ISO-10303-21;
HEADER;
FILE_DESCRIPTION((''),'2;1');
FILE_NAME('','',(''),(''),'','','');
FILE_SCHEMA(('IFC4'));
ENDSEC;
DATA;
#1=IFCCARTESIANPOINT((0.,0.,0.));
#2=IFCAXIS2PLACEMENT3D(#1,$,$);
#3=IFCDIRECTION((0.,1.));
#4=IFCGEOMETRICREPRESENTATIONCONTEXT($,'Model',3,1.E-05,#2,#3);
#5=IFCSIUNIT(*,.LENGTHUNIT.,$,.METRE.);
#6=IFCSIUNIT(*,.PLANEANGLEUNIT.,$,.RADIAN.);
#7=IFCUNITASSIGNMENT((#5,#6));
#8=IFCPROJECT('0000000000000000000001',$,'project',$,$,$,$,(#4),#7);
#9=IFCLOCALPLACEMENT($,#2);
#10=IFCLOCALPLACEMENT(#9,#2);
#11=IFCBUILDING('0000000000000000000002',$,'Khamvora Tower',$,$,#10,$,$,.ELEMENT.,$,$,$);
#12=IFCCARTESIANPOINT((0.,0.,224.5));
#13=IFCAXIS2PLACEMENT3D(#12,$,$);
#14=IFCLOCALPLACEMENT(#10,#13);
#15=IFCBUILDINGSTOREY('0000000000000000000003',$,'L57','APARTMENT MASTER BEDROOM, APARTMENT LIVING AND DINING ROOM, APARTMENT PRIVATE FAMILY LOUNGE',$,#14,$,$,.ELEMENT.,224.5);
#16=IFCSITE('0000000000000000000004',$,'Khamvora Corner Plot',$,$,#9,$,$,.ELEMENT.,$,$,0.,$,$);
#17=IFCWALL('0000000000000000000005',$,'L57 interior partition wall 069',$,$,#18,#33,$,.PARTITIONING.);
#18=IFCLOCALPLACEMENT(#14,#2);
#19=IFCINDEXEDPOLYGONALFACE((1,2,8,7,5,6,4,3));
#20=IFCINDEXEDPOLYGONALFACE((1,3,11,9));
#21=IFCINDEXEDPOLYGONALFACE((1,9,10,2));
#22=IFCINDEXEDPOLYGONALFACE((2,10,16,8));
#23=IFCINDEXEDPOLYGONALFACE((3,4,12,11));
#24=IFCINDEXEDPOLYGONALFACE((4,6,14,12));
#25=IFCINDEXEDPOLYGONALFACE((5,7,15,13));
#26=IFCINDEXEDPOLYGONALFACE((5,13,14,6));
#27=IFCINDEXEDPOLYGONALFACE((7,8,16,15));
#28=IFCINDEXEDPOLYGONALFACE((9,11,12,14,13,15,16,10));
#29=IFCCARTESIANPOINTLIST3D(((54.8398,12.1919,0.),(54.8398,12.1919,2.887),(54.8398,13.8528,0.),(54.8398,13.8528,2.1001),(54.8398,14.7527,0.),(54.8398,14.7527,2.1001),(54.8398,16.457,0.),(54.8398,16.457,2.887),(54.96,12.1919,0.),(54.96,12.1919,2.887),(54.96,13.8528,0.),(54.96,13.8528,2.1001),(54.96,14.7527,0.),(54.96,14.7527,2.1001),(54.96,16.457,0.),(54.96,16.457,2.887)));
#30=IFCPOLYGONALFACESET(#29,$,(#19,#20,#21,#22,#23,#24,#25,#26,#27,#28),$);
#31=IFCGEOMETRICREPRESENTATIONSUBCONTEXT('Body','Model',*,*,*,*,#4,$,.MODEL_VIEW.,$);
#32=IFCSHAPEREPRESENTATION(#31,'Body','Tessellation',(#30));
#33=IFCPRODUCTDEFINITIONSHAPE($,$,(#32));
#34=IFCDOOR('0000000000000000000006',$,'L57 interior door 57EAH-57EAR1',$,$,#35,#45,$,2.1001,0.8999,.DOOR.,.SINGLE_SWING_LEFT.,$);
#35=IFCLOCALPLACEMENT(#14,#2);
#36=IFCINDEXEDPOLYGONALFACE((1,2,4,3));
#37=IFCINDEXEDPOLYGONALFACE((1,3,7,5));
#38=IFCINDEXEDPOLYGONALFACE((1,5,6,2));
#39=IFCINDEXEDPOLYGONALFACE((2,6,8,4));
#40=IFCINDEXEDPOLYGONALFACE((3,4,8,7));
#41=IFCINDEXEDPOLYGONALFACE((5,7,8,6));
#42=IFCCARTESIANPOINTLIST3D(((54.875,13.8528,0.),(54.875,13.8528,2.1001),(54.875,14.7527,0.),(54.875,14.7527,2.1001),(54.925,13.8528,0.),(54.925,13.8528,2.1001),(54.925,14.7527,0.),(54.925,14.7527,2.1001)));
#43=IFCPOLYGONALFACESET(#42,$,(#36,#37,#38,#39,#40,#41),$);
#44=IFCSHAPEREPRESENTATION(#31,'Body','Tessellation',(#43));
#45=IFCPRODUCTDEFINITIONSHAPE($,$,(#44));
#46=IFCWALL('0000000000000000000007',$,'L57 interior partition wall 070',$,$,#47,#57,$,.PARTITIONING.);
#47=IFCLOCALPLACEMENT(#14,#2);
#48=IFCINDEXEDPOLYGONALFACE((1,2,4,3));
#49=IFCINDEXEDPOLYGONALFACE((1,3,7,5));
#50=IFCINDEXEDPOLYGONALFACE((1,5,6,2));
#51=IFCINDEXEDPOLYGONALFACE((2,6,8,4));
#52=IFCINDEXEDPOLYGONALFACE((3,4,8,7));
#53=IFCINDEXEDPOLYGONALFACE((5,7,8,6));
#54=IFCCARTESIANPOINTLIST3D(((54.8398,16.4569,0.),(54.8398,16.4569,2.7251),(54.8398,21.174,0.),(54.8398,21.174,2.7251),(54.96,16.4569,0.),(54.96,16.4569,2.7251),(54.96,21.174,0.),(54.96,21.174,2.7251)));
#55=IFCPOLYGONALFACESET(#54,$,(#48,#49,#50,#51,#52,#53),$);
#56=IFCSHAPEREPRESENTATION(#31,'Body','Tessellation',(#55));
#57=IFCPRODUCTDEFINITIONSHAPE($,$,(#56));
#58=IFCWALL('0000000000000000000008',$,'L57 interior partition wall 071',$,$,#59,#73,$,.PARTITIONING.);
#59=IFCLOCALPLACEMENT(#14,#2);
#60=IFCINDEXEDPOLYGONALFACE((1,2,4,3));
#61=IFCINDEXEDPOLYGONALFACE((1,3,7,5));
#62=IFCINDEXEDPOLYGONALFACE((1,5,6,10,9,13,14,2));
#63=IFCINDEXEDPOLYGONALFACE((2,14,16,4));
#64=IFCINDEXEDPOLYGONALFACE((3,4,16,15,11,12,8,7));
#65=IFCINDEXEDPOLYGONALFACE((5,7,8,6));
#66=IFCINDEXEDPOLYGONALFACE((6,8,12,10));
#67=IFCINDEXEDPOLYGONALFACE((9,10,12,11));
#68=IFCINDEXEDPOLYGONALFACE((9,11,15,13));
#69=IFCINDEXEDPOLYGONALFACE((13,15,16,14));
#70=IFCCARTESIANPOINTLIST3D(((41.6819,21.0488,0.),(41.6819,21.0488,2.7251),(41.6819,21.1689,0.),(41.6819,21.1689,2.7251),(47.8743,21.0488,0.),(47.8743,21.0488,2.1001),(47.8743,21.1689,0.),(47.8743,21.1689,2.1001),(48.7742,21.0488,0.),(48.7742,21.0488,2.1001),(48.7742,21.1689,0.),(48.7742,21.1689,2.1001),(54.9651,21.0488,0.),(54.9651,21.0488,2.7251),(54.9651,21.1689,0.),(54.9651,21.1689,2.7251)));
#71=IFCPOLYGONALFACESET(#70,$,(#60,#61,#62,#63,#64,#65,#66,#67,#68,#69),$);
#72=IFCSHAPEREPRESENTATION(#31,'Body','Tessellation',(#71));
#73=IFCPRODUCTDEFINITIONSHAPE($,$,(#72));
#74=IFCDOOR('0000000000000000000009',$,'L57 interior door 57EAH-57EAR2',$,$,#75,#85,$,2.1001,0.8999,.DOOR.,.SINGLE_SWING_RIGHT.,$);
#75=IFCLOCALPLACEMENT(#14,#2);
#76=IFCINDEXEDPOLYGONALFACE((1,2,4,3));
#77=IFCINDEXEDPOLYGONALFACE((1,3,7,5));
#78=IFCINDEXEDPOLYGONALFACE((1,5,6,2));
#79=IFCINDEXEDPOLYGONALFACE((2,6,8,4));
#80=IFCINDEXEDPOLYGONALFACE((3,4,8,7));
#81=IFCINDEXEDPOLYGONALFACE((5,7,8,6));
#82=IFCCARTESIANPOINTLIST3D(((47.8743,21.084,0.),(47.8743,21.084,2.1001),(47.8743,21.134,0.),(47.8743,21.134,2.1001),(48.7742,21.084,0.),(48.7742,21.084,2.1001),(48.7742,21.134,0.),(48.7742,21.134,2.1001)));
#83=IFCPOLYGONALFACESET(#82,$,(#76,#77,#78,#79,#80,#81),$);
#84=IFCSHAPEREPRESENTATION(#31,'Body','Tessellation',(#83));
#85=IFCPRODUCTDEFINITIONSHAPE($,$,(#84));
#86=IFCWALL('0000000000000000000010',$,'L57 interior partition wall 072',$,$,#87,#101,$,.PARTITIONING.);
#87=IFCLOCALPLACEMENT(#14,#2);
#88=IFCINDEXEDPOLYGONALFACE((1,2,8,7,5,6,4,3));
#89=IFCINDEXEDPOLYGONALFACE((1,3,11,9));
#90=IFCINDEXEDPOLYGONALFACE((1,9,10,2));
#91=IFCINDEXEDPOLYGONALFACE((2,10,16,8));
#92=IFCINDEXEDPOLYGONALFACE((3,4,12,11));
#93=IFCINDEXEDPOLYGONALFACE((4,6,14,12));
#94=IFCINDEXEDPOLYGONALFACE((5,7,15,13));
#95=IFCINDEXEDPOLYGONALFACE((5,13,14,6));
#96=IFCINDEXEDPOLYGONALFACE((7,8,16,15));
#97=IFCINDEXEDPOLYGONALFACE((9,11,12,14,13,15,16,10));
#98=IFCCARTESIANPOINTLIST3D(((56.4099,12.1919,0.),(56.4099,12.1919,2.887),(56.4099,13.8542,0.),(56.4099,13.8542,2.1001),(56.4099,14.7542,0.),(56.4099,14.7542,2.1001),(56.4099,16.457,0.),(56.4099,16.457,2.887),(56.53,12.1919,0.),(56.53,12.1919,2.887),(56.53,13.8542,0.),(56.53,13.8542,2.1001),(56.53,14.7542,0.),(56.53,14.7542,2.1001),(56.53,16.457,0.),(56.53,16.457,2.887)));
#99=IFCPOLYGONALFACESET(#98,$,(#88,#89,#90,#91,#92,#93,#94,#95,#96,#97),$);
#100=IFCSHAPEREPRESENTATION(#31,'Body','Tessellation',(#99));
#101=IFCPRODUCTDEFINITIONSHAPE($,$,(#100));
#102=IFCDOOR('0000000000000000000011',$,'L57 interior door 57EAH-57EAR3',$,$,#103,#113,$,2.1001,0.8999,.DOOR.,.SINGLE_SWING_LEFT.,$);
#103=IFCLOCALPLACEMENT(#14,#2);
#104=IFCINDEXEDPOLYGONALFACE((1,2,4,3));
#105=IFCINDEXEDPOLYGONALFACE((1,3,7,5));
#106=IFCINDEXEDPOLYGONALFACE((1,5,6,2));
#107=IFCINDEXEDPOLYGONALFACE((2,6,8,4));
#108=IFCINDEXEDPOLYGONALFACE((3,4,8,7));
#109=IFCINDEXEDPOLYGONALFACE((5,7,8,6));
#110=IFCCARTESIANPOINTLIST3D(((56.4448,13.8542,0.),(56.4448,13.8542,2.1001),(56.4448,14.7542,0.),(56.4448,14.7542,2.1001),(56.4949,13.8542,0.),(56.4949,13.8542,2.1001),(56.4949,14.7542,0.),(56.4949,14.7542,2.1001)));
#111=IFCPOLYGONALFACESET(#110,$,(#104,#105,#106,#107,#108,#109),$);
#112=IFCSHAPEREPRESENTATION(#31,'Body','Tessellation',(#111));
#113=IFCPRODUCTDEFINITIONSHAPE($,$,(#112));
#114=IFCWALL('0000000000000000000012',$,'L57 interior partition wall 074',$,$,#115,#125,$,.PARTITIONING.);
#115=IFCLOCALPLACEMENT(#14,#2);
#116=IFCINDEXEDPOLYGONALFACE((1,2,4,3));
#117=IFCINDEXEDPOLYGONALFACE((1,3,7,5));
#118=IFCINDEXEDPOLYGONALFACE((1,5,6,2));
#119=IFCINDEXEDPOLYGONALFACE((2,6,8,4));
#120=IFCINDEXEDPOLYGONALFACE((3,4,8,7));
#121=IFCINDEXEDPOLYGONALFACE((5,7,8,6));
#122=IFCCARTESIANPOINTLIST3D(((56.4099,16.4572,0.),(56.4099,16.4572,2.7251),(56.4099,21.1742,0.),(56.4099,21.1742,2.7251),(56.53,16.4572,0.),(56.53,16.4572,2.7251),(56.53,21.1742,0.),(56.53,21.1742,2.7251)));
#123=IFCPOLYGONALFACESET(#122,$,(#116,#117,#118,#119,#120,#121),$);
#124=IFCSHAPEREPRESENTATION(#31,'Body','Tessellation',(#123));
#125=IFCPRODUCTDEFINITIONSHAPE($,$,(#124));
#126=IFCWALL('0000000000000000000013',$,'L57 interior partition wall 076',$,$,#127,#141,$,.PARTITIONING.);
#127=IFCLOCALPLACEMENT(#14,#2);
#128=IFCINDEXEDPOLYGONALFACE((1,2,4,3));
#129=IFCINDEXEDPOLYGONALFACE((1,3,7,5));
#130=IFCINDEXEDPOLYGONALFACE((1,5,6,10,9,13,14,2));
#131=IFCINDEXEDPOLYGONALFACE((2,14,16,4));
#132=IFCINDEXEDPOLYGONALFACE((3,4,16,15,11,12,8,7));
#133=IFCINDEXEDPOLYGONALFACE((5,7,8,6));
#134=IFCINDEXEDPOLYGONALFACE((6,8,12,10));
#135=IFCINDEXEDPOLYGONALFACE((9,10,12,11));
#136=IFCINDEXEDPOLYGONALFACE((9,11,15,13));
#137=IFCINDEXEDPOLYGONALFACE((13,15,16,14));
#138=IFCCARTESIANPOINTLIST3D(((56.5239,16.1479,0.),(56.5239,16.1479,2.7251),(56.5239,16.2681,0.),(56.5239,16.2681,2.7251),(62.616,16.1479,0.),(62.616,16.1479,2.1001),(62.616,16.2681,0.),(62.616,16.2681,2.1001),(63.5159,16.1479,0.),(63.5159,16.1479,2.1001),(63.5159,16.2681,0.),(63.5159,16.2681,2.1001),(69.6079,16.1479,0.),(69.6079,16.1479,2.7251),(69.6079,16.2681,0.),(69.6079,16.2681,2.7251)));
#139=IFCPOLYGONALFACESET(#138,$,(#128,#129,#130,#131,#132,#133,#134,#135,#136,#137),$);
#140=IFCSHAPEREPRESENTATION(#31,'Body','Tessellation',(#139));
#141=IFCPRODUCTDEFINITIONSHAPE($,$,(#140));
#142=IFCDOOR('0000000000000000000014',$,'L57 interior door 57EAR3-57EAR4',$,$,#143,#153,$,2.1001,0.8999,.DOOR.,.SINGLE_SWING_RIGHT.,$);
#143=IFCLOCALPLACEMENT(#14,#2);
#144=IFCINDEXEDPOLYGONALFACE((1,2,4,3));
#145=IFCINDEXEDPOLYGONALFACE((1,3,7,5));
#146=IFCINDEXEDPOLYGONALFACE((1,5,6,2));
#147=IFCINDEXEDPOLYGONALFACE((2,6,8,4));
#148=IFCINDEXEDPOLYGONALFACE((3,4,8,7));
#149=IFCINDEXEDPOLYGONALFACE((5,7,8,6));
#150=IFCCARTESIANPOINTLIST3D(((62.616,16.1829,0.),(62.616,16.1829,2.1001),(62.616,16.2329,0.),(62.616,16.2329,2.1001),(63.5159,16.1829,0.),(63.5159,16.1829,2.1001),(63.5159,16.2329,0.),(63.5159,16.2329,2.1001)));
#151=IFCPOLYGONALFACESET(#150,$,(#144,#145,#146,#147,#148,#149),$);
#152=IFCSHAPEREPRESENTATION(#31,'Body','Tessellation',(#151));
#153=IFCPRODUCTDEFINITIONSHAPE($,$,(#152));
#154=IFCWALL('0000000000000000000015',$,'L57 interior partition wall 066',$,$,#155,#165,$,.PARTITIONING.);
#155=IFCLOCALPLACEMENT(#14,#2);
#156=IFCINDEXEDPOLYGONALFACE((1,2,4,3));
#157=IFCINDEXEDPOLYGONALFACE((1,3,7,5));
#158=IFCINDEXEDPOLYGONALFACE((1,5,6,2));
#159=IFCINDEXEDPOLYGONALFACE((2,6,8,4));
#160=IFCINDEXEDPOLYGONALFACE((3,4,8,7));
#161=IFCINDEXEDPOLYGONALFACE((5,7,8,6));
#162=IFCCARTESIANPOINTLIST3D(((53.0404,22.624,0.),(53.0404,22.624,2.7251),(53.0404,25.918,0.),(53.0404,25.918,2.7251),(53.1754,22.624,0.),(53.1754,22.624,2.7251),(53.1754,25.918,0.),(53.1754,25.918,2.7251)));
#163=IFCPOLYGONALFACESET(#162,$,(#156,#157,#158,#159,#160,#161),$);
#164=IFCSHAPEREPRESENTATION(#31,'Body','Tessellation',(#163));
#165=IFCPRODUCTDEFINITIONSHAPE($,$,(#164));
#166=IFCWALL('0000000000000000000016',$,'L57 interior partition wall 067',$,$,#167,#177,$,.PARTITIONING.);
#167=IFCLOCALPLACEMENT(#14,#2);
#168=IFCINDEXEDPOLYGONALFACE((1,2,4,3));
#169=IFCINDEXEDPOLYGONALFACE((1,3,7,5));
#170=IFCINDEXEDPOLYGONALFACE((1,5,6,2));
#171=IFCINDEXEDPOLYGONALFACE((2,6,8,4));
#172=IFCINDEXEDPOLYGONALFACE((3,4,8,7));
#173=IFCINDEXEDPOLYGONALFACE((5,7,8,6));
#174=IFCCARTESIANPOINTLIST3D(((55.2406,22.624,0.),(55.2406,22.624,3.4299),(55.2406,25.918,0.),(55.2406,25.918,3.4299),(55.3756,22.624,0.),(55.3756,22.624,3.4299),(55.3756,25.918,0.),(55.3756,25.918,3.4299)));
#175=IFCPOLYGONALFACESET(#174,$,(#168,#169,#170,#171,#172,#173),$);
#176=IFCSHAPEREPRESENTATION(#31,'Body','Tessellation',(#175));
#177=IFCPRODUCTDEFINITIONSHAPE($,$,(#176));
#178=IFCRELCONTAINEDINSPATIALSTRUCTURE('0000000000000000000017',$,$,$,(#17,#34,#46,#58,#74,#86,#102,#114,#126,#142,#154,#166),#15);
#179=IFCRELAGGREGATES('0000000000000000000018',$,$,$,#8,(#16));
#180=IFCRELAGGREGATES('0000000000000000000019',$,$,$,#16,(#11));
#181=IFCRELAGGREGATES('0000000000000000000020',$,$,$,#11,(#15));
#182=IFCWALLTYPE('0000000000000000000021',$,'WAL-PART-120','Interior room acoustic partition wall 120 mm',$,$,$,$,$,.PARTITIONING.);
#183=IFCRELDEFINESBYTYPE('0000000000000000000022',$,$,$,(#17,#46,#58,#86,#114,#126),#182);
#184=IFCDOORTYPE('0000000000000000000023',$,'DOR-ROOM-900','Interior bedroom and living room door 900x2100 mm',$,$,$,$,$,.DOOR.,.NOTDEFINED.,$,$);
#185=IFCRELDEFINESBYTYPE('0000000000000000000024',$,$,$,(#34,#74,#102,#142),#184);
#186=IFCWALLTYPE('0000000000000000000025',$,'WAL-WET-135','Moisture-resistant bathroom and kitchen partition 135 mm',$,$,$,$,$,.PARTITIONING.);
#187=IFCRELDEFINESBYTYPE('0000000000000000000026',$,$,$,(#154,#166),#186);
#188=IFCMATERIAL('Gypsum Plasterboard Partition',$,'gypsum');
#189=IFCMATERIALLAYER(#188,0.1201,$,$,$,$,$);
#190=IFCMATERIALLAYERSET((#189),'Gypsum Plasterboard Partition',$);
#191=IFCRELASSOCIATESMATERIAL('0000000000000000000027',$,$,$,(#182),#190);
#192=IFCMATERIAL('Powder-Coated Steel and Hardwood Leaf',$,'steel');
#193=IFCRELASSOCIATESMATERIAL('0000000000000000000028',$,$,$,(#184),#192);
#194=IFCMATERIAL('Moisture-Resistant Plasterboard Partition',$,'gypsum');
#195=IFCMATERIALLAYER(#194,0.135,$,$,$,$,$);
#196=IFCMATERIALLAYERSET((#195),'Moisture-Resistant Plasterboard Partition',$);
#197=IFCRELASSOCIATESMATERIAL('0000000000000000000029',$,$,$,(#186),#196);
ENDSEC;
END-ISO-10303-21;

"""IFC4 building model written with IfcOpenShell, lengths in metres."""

from ifc_helpers import new_model, si_unit, direction, frame, frame_2d, origin, place, context, subcontext, project, spatial, rectangle, extrude, material, layer, layer_set, type_object, element, fill, save


model = new_model("IFC4")

# Units and contexts
model_context = context("Model", 3, precision=1e-05, world=origin(), true_north=direction((0.0, 1.0)))
body_context = subcontext(model_context, "Body", "Model", "MODEL_VIEW")
ifc_project = project(units=[si_unit("LENGTHUNIT", "METRE"), si_unit("PLANEANGLEUNIT", "RADIAN")], contexts=[model_context])

# Site, building, storey
site_placement = place(None, origin())
site = spatial("IfcSite", under=ifc_project, at=site_placement, Name="Khamvora Corner Plot", CompositionType="ELEMENT", RefElevation=0.0)
building_placement = place(site_placement, origin())
building = spatial("IfcBuilding", under=site, at=building_placement, Name="Khamvora Tower", CompositionType="ELEMENT")
storey_placement = place(building_placement, frame((0.0, 0.0, 224.5)))
storey = spatial("IfcBuildingStorey", under=building, at=storey_placement, Name="L57", Description="APARTMENT MASTER BEDROOM, APARTMENT LIVING AND DINING ROOM, APARTMENT PRIVATE FAMILY LOUNGE", CompositionType="ELEMENT", Elevation=224.5)

# Shared definitions
ifc_material_1 = material(Name="Powder-Coated Steel and Hardwood Leaf", Category="steel")

# Wall, opening, door
ifc_material_2 = material(Name="Gypsum Plasterboard Partition", Category="gypsum")
ifc_layer_1 = layer(ifc_material_2, 0.1201)
ifc_layer_set_1 = layer_set([ifc_layer_1], Name="Gypsum Plasterboard Partition")
wall_type_1 = type_object("IfcWallType", Name="WAL-PART-120", Description="Interior room acoustic partition wall 120 mm", PredefinedType="PARTITIONING", material=ifc_layer_set_1)
wall_1_placement = place(storey_placement, frame((54.8999, 12.1919, 0.0), z_axis=(0.0, 0.0, 1.0), x_axis=(0.0, 1.0, 0.0)))
wall_1 = element("IfcWall", 1, at=wall_1_placement, inside=storey, type_object=wall_type_1, Name="L57 interior partition wall 069", PredefinedType="PARTITIONING", context=body_context, shape_type="SweptSolid", body=[
    extrude(rectangle(XDim=4.2651, YDim=0.1201, at=frame_2d((2.1326, 0.0))), origin(), (0.0, 0.0, 1.0), 2.887),
])
opening_1_placement = place(wall_1_placement, frame((1.6609, 0.0, 0.0)))
opening_1 = element("IfcOpeningElement", 2, at=opening_1_placement, cuts=wall_1, PredefinedType="OPENING", context=body_context, shape_type="SweptSolid", body=[
    extrude(rectangle(XDim=0.8999, YDim=2.1001, at=frame_2d((0.45, 1.05))), frame((0.0, 0.0701, 0.0), z_axis=(0.0, -1.0, 0.0), x_axis=(1.0, 0.0, 0.0)), (0.0, 0.0, 1.0), 0.1401),
])
door_type_1 = type_object("IfcDoorType", Name="DOR-ROOM-900", Description="Interior bedroom and living room door 900x2100 mm", OperationType="NOTDEFINED", PredefinedType="DOOR", material=ifc_material_1)
door_1_placement = place(opening_1_placement, origin())
door_1 = element("IfcDoor", 3, at=door_1_placement, inside=storey, type_object=door_type_1, Name="L57 interior door 57EAH-57EAR1", OperationType="SINGLE_SWING_LEFT", OverallHeight=2.1001, OverallWidth=0.8999, PredefinedType="DOOR", context=body_context, shape_type="SweptSolid", body=[
    extrude(rectangle(XDim=0.8999, YDim=2.1001, at=frame_2d((0.45, 1.05))), frame((0.0, 0.0249, 0.0), z_axis=(0.0, -1.0, 0.0), x_axis=(1.0, 0.0, 0.0)), (0.0, 0.0, 1.0), 0.05),
])
fill(opening_1, door_1)

# Wall
wall_2_placement = place(storey_placement, frame((54.8999, 16.457, 0.0), z_axis=(0.0, 0.0, 1.0), x_axis=(0.0, 1.0, 0.0)))
element("IfcWall", 4, at=wall_2_placement, inside=storey, type_object=wall_type_1, Name="L57 interior partition wall 070", PredefinedType="PARTITIONING", context=body_context, shape_type="SweptSolid", body=[
    extrude(rectangle(XDim=4.717, YDim=0.1201, at=frame_2d((2.3584, 0.0))), origin(), (0.0, 0.0, 1.0), 2.7251),
])

# Walls, openings, doors
wall_3_placement = place(storey_placement, frame((54.9651, 21.1089, 0.0), z_axis=(0.0, 0.0, 1.0), x_axis=(-1.0, 0.0, 0.0)))
wall_3 = element("IfcWall", 5, at=wall_3_placement, inside=storey, type_object=wall_type_1, Name="L57 interior partition wall 071", PredefinedType="PARTITIONING", context=body_context, shape_type="SweptSolid", body=[
    extrude(rectangle(XDim=13.2832, YDim=0.1201, at=frame_2d((6.6416, 0.0))), origin(), (0.0, 0.0, 1.0), 2.7251),
])
opening_2_placement = place(wall_3_placement, frame((6.1909, 0.0, 0.0)))
opening_2 = element("IfcOpeningElement", 6, at=opening_2_placement, cuts=wall_3, PredefinedType="OPENING", context=body_context, shape_type="SweptSolid", body=[
    extrude(rectangle(XDim=0.8999, YDim=2.1001, at=frame_2d((0.45, 1.05))), frame((0.0, 0.0701, 0.0), z_axis=(0.0, -1.0, 0.0), x_axis=(1.0, 0.0, 0.0)), (0.0, 0.0, 1.0), 0.1401),
])
door_2_placement = place(opening_2_placement, origin())
door_2 = element("IfcDoor", 7, at=door_2_placement, inside=storey, type_object=door_type_1, Name="L57 interior door 57EAH-57EAR2", OperationType="SINGLE_SWING_RIGHT", OverallHeight=2.1001, OverallWidth=0.8999, PredefinedType="DOOR", context=body_context, shape_type="SweptSolid", body=[
    extrude(rectangle(XDim=0.8999, YDim=2.1001, at=frame_2d((0.45, 1.05))), frame((0.0, 0.0249, 0.0), z_axis=(0.0, -1.0, 0.0), x_axis=(1.0, 0.0, 0.0)), (0.0, 0.0, 1.0), 0.05),
])
fill(opening_2, door_2)
wall_4_placement = place(storey_placement, frame((56.47, 16.457, 0.0), z_axis=(0.0, 0.0, 1.0), x_axis=(0.0, -1.0, 0.0)))
wall_4 = element("IfcWall", 8, at=wall_4_placement, inside=storey, type_object=wall_type_1, Name="L57 interior partition wall 072", PredefinedType="PARTITIONING", context=body_context, shape_type="SweptSolid", body=[
    extrude(rectangle(XDim=4.2651, YDim=0.1201, at=frame_2d((2.1326, 0.0))), origin(), (0.0, 0.0, 1.0), 2.887),
])
opening_3_placement = place(wall_4_placement, frame((1.7029, 0.0, 0.0)))
opening_3 = element("IfcOpeningElement", 9, at=opening_3_placement, cuts=wall_4, PredefinedType="OPENING", context=body_context, shape_type="SweptSolid", body=[
    extrude(rectangle(XDim=0.8999, YDim=2.1001, at=frame_2d((0.45, 1.05))), frame((0.0, 0.0701, 0.0), z_axis=(0.0, -1.0, 0.0), x_axis=(1.0, 0.0, 0.0)), (0.0, 0.0, 1.0), 0.1401),
])
door_3_placement = place(opening_3_placement, origin())
door_3 = element("IfcDoor", 10, at=door_3_placement, inside=storey, type_object=door_type_1, Name="L57 interior door 57EAH-57EAR3", OperationType="SINGLE_SWING_LEFT", OverallHeight=2.1001, OverallWidth=0.8999, PredefinedType="DOOR", context=body_context, shape_type="SweptSolid", body=[
    extrude(rectangle(XDim=0.8999, YDim=2.1001, at=frame_2d((0.45, 1.05))), frame((0.0, 0.0249, 0.0), z_axis=(0.0, -1.0, 0.0), x_axis=(1.0, 0.0, 0.0)), (0.0, 0.0, 1.0), 0.05),
])
fill(opening_3, door_3)

# Wall
wall_5_placement = place(storey_placement, frame((56.47, 21.1741, 0.0), z_axis=(0.0, 0.0, 1.0), x_axis=(0.0, -1.0, 0.0)))
element("IfcWall", 11, at=wall_5_placement, inside=storey, type_object=wall_type_1, Name="L57 interior partition wall 074", PredefinedType="PARTITIONING", context=body_context, shape_type="SweptSolid", body=[
    extrude(rectangle(XDim=4.717, YDim=0.1201, at=frame_2d((2.3584, 0.0))), origin(), (0.0, 0.0, 1.0), 2.7251),
])

# Wall, opening, door
wall_6_placement = place(storey_placement, frame((56.5239, 16.208, 0.0), z_axis=(0.0, 0.0, 1.0), x_axis=(1.0, 0.0, 0.0)))
wall_6 = element("IfcWall", 12, at=wall_6_placement, inside=storey, type_object=wall_type_1, Name="L57 interior partition wall 076", PredefinedType="PARTITIONING", context=body_context, shape_type="SweptSolid", body=[
    extrude(rectangle(XDim=13.084, YDim=0.1201, at=frame_2d((6.542, 0.0))), origin(), (0.0, 0.0, 1.0), 2.7251),
])
opening_4_placement = place(wall_6_placement, frame((6.092, 0.0, 0.0)))
opening_4 = element("IfcOpeningElement", 13, at=opening_4_placement, cuts=wall_6, PredefinedType="OPENING", context=body_context, shape_type="SweptSolid", body=[
    extrude(rectangle(XDim=0.8999, YDim=2.1001, at=frame_2d((0.45, 1.05))), frame((0.0, 0.0701, 0.0), z_axis=(0.0, -1.0, 0.0), x_axis=(1.0, 0.0, 0.0)), (0.0, 0.0, 1.0), 0.1401),
])
door_4_placement = place(opening_4_placement, origin())
door_4 = element("IfcDoor", 14, at=door_4_placement, inside=storey, type_object=door_type_1, Name="L57 interior door 57EAR3-57EAR4", OperationType="SINGLE_SWING_RIGHT", OverallHeight=2.1001, OverallWidth=0.8999, PredefinedType="DOOR", context=body_context, shape_type="SweptSolid", body=[
    extrude(rectangle(XDim=0.8999, YDim=2.1001, at=frame_2d((0.45, 1.05))), frame((0.0, 0.0249, 0.0), z_axis=(0.0, -1.0, 0.0), x_axis=(1.0, 0.0, 0.0)), (0.0, 0.0, 1.0), 0.05),
])
fill(opening_4, door_4)

# Walls
ifc_material_3 = material(Name="Moisture-Resistant Plasterboard Partition", Category="gypsum")
ifc_layer_2 = layer(ifc_material_3, 0.135)
ifc_layer_set_2 = layer_set([ifc_layer_2], Name="Moisture-Resistant Plasterboard Partition")
wall_type_2 = type_object("IfcWallType", Name="WAL-WET-135", Description="Moisture-resistant bathroom and kitchen partition 135 mm", PredefinedType="PARTITIONING", material=ifc_layer_set_2)
wall_7_placement = place(storey_placement, frame((53.1079, 22.624, 0.0), z_axis=(0.0, 0.0, 1.0), x_axis=(0.0, 1.0, 0.0)))
element("IfcWall", 15, at=wall_7_placement, inside=storey, type_object=wall_type_2, Name="L57 interior partition wall 066", PredefinedType="PARTITIONING", context=body_context, shape_type="SweptSolid", body=[
    extrude(rectangle(XDim=3.2939, YDim=0.135, at=frame_2d((1.647, 0.0))), origin(), (0.0, 0.0, 1.0), 2.7251),
])
wall_8_placement = place(storey_placement, frame((55.3081, 25.918, 0.0), z_axis=(0.0, 0.0, 1.0), x_axis=(0.0, -1.0, 0.0)))
element("IfcWall", 16, at=wall_8_placement, inside=storey, type_object=wall_type_2, Name="L57 interior partition wall 067", PredefinedType="PARTITIONING", context=body_context, shape_type="SweptSolid", body=[
    extrude(rectangle(XDim=3.2939, YDim=0.135, at=frame_2d((1.647, 0.0))), origin(), (0.0, 0.0, 1.0), 3.4299),
])

save(model, "model.ifc")
